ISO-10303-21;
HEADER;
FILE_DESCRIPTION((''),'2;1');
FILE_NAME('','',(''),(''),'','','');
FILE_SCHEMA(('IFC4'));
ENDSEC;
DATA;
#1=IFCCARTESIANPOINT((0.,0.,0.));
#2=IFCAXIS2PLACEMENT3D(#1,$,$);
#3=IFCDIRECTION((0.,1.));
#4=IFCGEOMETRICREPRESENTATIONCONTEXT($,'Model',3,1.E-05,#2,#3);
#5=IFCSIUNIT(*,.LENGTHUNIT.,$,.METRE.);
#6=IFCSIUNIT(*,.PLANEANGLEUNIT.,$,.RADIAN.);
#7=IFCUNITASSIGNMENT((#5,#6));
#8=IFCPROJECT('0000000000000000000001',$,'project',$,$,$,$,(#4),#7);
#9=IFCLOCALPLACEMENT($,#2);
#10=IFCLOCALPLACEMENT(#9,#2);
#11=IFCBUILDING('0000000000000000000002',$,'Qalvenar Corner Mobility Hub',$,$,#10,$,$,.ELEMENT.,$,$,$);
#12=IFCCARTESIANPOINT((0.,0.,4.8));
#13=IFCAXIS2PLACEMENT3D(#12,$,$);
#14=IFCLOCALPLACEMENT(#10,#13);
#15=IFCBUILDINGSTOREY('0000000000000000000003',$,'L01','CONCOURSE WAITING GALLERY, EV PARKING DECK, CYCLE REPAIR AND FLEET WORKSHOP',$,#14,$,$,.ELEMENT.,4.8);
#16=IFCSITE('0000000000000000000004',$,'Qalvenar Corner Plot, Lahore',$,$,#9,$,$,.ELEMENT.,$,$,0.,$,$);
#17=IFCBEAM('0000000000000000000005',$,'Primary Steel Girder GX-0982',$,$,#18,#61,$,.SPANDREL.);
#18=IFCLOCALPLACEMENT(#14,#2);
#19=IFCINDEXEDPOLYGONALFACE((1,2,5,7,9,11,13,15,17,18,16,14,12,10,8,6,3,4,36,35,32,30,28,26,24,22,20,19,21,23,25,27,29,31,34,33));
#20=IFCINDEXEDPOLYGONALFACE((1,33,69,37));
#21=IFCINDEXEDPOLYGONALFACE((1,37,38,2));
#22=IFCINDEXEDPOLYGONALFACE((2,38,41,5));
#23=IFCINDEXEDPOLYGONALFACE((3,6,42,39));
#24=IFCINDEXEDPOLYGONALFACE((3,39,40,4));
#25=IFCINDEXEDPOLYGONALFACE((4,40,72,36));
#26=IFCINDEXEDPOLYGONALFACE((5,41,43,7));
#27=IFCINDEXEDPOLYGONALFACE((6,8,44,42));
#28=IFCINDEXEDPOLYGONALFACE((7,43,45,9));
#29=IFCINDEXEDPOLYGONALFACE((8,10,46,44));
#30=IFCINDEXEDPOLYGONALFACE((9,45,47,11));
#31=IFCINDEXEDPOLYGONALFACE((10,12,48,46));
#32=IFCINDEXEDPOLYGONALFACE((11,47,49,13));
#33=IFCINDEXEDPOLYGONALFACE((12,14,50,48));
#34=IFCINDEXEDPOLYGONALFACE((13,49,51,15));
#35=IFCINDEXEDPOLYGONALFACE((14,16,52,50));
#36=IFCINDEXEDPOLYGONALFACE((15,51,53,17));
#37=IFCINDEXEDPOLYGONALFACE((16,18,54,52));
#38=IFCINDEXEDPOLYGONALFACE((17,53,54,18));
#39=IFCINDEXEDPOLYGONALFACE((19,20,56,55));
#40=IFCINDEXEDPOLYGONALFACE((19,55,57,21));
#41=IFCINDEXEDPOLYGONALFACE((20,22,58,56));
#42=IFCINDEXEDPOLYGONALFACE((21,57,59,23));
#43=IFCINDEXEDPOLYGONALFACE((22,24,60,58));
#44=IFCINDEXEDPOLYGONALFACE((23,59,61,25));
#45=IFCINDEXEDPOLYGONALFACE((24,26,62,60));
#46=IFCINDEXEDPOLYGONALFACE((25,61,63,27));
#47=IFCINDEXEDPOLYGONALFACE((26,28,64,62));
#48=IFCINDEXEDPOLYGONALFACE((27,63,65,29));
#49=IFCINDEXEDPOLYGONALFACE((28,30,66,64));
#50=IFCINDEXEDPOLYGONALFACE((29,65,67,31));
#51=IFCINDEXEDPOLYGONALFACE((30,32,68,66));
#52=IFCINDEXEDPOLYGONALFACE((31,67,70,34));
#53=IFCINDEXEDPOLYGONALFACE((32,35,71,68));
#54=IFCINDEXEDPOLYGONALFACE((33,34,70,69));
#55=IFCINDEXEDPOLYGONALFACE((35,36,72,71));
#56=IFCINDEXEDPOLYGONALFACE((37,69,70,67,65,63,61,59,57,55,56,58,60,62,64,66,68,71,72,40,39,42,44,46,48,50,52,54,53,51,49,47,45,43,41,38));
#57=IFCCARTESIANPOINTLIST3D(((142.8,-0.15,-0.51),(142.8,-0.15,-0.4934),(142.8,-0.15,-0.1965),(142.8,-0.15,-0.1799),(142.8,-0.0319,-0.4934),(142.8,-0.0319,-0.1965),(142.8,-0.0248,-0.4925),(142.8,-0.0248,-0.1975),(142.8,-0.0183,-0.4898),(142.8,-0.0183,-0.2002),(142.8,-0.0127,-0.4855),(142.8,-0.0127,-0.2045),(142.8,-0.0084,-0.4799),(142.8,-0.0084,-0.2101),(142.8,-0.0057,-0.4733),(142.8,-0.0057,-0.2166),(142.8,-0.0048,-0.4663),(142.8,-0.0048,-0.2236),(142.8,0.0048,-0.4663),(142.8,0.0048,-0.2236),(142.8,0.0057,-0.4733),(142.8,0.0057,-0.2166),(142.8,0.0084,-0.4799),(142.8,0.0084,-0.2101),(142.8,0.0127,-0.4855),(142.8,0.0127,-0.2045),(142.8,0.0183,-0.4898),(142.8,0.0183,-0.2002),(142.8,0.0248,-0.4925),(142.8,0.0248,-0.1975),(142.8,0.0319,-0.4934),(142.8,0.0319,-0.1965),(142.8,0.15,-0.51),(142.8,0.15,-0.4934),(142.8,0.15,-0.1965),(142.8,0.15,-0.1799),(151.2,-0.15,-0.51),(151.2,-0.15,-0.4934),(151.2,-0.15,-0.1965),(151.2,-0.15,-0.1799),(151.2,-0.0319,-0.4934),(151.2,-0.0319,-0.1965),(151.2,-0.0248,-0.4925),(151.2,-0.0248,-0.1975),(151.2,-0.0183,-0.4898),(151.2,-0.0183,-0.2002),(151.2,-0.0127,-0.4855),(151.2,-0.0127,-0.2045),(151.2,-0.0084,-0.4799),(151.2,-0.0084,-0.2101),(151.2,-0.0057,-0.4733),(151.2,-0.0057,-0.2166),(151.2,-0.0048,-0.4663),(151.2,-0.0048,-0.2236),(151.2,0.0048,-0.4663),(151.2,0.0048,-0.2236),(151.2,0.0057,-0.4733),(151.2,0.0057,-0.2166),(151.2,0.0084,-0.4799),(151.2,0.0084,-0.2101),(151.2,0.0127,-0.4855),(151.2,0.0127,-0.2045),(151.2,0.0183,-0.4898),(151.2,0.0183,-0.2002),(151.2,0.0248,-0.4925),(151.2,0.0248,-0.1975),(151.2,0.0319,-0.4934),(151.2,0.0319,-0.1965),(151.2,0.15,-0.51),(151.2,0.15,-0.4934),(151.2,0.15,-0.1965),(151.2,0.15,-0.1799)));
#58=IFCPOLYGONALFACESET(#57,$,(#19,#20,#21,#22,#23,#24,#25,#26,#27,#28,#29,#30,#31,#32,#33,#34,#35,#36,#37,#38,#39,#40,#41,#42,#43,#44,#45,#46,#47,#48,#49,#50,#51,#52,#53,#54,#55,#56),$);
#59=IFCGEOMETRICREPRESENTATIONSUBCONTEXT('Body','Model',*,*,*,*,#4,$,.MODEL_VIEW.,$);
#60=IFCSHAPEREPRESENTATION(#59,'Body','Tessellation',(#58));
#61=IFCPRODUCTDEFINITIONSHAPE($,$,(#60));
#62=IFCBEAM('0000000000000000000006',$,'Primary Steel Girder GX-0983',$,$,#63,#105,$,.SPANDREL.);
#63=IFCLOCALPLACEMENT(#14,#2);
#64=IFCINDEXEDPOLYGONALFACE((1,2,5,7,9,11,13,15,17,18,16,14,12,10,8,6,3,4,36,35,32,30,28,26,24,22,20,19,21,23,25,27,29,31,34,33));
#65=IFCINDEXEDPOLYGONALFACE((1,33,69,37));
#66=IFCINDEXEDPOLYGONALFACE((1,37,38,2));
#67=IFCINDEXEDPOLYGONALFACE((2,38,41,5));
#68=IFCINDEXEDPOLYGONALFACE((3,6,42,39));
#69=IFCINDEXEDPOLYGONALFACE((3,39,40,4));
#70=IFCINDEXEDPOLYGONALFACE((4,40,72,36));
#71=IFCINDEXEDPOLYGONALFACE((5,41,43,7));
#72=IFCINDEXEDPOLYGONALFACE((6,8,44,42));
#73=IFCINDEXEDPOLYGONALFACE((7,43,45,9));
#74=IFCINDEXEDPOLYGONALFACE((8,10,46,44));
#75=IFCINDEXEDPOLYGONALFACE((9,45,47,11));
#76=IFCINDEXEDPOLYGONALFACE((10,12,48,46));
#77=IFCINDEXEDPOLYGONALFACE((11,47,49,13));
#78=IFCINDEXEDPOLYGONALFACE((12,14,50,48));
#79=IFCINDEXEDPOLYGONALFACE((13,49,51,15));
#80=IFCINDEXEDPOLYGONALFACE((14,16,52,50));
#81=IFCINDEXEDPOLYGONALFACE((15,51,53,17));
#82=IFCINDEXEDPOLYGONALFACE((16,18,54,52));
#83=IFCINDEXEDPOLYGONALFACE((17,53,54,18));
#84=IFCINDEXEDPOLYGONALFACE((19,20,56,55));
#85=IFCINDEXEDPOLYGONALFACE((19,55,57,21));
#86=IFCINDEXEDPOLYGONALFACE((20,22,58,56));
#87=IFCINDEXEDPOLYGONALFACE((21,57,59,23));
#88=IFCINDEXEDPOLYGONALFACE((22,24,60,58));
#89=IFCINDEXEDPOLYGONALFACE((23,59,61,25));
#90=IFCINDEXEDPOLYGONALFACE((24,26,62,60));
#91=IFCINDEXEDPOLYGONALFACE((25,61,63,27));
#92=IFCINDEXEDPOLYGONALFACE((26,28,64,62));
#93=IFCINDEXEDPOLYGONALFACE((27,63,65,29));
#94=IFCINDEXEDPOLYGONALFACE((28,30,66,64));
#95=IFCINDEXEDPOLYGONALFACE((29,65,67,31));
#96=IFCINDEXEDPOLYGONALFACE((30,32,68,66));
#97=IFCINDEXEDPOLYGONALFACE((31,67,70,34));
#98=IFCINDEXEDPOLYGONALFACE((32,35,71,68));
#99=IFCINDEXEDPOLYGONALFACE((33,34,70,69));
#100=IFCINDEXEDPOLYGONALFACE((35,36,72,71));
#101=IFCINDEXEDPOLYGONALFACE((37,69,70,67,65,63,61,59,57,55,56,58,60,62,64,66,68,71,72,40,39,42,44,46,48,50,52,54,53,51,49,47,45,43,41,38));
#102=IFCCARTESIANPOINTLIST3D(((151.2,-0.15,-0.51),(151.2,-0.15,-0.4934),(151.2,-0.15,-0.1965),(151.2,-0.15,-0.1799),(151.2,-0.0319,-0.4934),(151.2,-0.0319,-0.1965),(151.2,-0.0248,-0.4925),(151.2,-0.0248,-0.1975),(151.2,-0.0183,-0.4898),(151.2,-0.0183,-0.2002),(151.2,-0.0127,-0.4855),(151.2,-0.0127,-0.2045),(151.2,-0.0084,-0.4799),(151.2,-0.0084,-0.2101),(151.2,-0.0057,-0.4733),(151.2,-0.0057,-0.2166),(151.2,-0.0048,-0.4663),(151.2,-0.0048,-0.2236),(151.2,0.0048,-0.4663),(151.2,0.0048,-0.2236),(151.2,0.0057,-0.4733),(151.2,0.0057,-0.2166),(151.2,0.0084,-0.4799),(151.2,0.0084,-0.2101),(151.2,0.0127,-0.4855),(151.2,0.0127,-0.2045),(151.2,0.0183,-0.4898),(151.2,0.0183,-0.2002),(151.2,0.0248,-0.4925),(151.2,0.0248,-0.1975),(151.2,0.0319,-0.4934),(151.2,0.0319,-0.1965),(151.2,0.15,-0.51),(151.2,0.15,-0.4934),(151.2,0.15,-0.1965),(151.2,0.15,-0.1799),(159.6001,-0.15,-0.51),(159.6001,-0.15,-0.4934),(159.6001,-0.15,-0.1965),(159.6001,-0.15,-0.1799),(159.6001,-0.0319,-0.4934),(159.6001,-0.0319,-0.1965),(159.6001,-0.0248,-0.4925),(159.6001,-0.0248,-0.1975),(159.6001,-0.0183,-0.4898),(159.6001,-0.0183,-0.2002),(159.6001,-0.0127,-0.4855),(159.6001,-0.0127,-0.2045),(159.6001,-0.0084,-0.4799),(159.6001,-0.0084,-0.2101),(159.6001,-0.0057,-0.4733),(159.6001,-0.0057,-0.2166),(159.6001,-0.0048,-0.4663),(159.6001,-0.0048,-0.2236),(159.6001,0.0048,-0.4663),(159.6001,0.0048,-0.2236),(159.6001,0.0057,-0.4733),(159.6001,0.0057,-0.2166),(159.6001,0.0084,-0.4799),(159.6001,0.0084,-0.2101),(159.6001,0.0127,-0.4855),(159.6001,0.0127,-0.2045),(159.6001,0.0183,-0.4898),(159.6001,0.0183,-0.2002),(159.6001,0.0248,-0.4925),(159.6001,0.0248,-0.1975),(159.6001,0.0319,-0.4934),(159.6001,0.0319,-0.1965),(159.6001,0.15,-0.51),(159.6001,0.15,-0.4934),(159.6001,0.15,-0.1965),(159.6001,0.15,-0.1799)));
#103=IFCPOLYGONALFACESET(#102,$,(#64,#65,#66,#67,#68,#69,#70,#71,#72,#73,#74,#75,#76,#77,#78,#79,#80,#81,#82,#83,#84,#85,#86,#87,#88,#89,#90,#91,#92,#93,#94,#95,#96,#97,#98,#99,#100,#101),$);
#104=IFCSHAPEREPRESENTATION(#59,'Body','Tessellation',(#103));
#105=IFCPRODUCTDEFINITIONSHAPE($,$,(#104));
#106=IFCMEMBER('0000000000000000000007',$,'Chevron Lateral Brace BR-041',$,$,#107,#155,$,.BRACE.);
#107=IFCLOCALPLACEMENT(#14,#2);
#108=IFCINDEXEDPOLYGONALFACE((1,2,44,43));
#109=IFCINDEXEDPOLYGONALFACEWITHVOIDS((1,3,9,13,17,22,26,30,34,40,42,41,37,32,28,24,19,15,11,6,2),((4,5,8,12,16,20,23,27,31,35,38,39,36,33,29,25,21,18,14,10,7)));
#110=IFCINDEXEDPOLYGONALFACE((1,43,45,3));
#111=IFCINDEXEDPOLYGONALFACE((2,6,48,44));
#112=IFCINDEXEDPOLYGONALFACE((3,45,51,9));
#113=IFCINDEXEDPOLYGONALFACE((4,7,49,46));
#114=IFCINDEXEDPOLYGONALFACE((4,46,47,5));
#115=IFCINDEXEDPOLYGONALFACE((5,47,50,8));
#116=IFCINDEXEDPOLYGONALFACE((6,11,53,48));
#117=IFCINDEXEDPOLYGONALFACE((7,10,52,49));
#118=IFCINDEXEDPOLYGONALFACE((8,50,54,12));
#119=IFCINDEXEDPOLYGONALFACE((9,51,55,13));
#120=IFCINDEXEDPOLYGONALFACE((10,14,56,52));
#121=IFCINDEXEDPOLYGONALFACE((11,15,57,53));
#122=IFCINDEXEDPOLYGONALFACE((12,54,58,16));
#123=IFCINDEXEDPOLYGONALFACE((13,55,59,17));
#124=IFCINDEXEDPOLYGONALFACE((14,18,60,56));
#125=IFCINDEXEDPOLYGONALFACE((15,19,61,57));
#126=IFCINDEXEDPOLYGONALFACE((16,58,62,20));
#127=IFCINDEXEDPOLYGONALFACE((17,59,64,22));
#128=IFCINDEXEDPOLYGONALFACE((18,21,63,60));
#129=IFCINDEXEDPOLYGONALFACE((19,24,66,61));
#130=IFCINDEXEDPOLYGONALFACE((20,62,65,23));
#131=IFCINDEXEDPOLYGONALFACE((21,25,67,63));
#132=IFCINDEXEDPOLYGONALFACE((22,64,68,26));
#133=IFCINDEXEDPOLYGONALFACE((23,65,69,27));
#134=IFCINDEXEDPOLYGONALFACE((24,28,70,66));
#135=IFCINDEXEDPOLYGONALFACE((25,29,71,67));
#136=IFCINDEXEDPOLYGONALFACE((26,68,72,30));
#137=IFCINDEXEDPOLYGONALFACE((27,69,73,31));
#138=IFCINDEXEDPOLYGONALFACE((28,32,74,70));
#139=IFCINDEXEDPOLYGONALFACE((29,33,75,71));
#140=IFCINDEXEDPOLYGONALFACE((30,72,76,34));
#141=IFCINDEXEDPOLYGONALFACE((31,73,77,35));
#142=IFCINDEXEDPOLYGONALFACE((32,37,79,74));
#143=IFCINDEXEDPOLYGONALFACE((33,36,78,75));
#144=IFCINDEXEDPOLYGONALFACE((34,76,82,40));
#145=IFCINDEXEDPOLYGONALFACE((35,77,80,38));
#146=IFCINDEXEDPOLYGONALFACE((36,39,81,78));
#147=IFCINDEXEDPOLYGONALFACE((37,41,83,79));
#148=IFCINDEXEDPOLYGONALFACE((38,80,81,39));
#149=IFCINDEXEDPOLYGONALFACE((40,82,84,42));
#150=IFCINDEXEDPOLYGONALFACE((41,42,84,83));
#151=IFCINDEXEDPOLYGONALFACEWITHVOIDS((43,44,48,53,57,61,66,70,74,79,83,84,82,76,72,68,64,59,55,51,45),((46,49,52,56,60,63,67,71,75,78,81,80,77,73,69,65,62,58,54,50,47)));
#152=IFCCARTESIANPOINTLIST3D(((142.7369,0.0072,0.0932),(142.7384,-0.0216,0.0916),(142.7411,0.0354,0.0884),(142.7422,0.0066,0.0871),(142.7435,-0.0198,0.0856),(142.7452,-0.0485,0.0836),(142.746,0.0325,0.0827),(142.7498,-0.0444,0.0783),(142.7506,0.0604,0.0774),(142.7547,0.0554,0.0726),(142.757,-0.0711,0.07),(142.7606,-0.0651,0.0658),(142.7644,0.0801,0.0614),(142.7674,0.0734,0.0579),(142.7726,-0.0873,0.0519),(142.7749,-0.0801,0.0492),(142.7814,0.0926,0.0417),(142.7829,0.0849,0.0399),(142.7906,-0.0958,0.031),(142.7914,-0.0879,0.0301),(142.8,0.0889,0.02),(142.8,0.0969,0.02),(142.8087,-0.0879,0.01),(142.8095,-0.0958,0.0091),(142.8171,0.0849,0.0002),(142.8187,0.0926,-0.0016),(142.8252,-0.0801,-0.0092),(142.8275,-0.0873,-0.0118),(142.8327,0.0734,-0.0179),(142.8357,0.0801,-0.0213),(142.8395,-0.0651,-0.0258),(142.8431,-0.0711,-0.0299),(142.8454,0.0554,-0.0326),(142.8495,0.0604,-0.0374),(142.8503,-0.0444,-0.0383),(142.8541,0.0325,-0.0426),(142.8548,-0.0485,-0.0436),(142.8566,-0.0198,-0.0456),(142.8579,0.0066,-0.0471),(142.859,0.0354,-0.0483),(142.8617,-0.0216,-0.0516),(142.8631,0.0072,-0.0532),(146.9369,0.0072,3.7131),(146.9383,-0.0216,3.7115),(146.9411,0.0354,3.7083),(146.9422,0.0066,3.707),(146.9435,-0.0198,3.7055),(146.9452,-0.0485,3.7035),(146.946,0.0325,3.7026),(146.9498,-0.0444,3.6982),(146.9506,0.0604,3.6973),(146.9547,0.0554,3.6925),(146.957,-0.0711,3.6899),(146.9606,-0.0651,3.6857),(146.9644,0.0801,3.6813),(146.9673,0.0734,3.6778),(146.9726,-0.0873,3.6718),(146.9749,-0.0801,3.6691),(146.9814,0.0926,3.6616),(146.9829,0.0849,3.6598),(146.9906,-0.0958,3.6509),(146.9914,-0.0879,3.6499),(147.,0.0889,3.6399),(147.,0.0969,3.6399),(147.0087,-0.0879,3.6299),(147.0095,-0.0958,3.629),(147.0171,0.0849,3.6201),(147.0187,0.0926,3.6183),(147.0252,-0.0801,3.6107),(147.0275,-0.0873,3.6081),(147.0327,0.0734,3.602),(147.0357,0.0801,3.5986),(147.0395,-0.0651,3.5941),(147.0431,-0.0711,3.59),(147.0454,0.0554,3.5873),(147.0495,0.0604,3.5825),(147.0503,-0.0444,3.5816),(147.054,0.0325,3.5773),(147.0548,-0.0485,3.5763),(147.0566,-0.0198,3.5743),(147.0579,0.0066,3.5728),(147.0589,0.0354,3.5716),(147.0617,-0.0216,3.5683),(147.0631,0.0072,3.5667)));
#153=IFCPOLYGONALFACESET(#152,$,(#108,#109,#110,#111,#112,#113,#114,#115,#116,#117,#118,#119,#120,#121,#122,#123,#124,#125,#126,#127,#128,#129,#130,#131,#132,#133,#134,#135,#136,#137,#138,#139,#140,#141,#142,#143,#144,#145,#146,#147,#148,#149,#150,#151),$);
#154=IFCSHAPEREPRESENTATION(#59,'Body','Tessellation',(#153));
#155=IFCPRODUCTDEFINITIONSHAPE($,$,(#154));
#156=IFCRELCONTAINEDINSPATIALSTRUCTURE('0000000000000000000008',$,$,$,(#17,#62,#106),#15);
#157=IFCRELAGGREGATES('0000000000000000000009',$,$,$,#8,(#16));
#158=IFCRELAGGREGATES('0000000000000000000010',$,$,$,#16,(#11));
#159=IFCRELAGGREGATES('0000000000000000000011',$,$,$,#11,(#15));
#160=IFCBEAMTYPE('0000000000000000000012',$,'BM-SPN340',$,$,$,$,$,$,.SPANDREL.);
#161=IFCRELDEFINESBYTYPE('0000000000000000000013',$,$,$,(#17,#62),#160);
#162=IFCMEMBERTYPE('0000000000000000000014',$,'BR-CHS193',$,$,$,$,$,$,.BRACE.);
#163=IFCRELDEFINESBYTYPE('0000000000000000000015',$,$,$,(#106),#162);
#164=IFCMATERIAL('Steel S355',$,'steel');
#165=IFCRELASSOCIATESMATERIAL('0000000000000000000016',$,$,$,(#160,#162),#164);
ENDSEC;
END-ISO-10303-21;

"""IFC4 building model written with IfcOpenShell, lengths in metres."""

from ifc_helpers import new_model, si_unit, direction, frame, origin, origin_2d, place, context, subcontext, project, spatial, hollow_circle, i_section, extrude, material, material_profile, profile_set, type_object, element, save


model = new_model("IFC4")

# Units and contexts
model_context = context("Model", 3, precision=1e-05, world=origin(), true_north=direction((0.0, 1.0)))
body_context = subcontext(model_context, "Body", "Model", "MODEL_VIEW")
ifc_project = project(units=[si_unit("LENGTHUNIT", "METRE"), si_unit("PLANEANGLEUNIT", "RADIAN")], contexts=[model_context])

# Site, building, storey
site_placement = place(None, origin())
site = spatial("IfcSite", under=ifc_project, at=site_placement, Name="Qalvenar Corner Plot, Lahore", CompositionType="ELEMENT", RefElevation=0.0)
building_placement = place(site_placement, origin())
building = spatial("IfcBuilding", under=site, at=building_placement, Name="Qalvenar Corner Mobility Hub", CompositionType="ELEMENT")
storey_placement = place(building_placement, frame((0.0, 0.0, 4.8)))
storey = spatial("IfcBuildingStorey", under=building, at=storey_placement, Name="L01", Description="CONCOURSE WAITING GALLERY, EV PARKING DECK, CYCLE REPAIR AND FLEET WORKSHOP", CompositionType="ELEMENT", Elevation=4.8)

# Shared definitions
ifc_material_1 = material(Name="Steel S355", Category="steel")

# Beams
ifc_material_profile_1 = material_profile(ifc_material_1, i_section(OverallWidth=0.3, OverallDepth=0.3301, WebThickness=0.0095, FlangeThickness=0.0166, FilletRadius=0.0271, at=origin_2d()), Name="HEA340")
ifc_profile_set_1 = profile_set([ifc_material_profile_1], Name="Steel S355")
beam_type_1 = type_object("IfcBeamType", Name="BM-SPN340", PredefinedType="SPANDREL", material=ifc_profile_set_1)
beam_1_placement = place(storey_placement, frame((142.8, 0.0, -0.345), z_axis=(1.0, 0.0, 0.0), x_axis=(0.0, 1.0, 0.0)))
element("IfcBeam", 1, at=beam_1_placement, inside=storey, type_object=beam_type_1, Name="Primary Steel Girder GX-0982", PredefinedType="SPANDREL", context=body_context, shape_type="SweptSolid", body=[
    extrude(i_section(OverallWidth=0.3, OverallDepth=0.3301, WebThickness=0.0095, FlangeThickness=0.0166, FilletRadius=0.0271, at=origin_2d()), origin(), (0.0, 0.0, 1.0), 8.3999),
])
beam_2_placement = place(storey_placement, frame((151.2, 0.0, -0.345), z_axis=(1.0, 0.0, 0.0), x_axis=(0.0, 1.0, 0.0)))
element("IfcBeam", 2, at=beam_2_placement, inside=storey, type_object=beam_type_1, Name="Primary Steel Girder GX-0983", PredefinedType="SPANDREL", context=body_context, shape_type="SweptSolid", body=[
    extrude(i_section(OverallWidth=0.3, OverallDepth=0.3301, WebThickness=0.0095, FlangeThickness=0.0166, FilletRadius=0.0271, at=origin_2d()), origin(), (0.0, 0.0, 1.0), 8.4001),
])

# Member
ifc_material_profile_2 = material_profile(ifc_material_1, hollow_circle(Radius=0.0969, WallThickness=0.0081, at=origin_2d()), Name="CHS193.7x8")
ifc_profile_set_2 = profile_set([ifc_material_profile_2], Name="Steel S355")
member_type_1 = type_object("IfcMemberType", Name="BR-CHS193", PredefinedType="BRACE", material=ifc_profile_set_2)
for number, where, z_axis, x_axis, name in (
    (3, (142.8, 0.0, 0.02), (0.757479, 0.0, 0.652859), (0.0, 1.0, 0.0), "Chevron Lateral Brace BR-041"),
):
    element("IfcMember", number, at=place(storey_placement, frame(where, z_axis=z_axis, x_axis=x_axis)), inside=storey, type_object=member_type_1, Name=name, PredefinedType="BRACE", context=body_context, shape_type="SweptSolid", body=[
        extrude(hollow_circle(Radius=0.0969, WallThickness=0.0081, at=origin_2d()), origin(), (0.0, 0.0, 1.0), 5.5447),
    ])

save(model, "model.ifc")
